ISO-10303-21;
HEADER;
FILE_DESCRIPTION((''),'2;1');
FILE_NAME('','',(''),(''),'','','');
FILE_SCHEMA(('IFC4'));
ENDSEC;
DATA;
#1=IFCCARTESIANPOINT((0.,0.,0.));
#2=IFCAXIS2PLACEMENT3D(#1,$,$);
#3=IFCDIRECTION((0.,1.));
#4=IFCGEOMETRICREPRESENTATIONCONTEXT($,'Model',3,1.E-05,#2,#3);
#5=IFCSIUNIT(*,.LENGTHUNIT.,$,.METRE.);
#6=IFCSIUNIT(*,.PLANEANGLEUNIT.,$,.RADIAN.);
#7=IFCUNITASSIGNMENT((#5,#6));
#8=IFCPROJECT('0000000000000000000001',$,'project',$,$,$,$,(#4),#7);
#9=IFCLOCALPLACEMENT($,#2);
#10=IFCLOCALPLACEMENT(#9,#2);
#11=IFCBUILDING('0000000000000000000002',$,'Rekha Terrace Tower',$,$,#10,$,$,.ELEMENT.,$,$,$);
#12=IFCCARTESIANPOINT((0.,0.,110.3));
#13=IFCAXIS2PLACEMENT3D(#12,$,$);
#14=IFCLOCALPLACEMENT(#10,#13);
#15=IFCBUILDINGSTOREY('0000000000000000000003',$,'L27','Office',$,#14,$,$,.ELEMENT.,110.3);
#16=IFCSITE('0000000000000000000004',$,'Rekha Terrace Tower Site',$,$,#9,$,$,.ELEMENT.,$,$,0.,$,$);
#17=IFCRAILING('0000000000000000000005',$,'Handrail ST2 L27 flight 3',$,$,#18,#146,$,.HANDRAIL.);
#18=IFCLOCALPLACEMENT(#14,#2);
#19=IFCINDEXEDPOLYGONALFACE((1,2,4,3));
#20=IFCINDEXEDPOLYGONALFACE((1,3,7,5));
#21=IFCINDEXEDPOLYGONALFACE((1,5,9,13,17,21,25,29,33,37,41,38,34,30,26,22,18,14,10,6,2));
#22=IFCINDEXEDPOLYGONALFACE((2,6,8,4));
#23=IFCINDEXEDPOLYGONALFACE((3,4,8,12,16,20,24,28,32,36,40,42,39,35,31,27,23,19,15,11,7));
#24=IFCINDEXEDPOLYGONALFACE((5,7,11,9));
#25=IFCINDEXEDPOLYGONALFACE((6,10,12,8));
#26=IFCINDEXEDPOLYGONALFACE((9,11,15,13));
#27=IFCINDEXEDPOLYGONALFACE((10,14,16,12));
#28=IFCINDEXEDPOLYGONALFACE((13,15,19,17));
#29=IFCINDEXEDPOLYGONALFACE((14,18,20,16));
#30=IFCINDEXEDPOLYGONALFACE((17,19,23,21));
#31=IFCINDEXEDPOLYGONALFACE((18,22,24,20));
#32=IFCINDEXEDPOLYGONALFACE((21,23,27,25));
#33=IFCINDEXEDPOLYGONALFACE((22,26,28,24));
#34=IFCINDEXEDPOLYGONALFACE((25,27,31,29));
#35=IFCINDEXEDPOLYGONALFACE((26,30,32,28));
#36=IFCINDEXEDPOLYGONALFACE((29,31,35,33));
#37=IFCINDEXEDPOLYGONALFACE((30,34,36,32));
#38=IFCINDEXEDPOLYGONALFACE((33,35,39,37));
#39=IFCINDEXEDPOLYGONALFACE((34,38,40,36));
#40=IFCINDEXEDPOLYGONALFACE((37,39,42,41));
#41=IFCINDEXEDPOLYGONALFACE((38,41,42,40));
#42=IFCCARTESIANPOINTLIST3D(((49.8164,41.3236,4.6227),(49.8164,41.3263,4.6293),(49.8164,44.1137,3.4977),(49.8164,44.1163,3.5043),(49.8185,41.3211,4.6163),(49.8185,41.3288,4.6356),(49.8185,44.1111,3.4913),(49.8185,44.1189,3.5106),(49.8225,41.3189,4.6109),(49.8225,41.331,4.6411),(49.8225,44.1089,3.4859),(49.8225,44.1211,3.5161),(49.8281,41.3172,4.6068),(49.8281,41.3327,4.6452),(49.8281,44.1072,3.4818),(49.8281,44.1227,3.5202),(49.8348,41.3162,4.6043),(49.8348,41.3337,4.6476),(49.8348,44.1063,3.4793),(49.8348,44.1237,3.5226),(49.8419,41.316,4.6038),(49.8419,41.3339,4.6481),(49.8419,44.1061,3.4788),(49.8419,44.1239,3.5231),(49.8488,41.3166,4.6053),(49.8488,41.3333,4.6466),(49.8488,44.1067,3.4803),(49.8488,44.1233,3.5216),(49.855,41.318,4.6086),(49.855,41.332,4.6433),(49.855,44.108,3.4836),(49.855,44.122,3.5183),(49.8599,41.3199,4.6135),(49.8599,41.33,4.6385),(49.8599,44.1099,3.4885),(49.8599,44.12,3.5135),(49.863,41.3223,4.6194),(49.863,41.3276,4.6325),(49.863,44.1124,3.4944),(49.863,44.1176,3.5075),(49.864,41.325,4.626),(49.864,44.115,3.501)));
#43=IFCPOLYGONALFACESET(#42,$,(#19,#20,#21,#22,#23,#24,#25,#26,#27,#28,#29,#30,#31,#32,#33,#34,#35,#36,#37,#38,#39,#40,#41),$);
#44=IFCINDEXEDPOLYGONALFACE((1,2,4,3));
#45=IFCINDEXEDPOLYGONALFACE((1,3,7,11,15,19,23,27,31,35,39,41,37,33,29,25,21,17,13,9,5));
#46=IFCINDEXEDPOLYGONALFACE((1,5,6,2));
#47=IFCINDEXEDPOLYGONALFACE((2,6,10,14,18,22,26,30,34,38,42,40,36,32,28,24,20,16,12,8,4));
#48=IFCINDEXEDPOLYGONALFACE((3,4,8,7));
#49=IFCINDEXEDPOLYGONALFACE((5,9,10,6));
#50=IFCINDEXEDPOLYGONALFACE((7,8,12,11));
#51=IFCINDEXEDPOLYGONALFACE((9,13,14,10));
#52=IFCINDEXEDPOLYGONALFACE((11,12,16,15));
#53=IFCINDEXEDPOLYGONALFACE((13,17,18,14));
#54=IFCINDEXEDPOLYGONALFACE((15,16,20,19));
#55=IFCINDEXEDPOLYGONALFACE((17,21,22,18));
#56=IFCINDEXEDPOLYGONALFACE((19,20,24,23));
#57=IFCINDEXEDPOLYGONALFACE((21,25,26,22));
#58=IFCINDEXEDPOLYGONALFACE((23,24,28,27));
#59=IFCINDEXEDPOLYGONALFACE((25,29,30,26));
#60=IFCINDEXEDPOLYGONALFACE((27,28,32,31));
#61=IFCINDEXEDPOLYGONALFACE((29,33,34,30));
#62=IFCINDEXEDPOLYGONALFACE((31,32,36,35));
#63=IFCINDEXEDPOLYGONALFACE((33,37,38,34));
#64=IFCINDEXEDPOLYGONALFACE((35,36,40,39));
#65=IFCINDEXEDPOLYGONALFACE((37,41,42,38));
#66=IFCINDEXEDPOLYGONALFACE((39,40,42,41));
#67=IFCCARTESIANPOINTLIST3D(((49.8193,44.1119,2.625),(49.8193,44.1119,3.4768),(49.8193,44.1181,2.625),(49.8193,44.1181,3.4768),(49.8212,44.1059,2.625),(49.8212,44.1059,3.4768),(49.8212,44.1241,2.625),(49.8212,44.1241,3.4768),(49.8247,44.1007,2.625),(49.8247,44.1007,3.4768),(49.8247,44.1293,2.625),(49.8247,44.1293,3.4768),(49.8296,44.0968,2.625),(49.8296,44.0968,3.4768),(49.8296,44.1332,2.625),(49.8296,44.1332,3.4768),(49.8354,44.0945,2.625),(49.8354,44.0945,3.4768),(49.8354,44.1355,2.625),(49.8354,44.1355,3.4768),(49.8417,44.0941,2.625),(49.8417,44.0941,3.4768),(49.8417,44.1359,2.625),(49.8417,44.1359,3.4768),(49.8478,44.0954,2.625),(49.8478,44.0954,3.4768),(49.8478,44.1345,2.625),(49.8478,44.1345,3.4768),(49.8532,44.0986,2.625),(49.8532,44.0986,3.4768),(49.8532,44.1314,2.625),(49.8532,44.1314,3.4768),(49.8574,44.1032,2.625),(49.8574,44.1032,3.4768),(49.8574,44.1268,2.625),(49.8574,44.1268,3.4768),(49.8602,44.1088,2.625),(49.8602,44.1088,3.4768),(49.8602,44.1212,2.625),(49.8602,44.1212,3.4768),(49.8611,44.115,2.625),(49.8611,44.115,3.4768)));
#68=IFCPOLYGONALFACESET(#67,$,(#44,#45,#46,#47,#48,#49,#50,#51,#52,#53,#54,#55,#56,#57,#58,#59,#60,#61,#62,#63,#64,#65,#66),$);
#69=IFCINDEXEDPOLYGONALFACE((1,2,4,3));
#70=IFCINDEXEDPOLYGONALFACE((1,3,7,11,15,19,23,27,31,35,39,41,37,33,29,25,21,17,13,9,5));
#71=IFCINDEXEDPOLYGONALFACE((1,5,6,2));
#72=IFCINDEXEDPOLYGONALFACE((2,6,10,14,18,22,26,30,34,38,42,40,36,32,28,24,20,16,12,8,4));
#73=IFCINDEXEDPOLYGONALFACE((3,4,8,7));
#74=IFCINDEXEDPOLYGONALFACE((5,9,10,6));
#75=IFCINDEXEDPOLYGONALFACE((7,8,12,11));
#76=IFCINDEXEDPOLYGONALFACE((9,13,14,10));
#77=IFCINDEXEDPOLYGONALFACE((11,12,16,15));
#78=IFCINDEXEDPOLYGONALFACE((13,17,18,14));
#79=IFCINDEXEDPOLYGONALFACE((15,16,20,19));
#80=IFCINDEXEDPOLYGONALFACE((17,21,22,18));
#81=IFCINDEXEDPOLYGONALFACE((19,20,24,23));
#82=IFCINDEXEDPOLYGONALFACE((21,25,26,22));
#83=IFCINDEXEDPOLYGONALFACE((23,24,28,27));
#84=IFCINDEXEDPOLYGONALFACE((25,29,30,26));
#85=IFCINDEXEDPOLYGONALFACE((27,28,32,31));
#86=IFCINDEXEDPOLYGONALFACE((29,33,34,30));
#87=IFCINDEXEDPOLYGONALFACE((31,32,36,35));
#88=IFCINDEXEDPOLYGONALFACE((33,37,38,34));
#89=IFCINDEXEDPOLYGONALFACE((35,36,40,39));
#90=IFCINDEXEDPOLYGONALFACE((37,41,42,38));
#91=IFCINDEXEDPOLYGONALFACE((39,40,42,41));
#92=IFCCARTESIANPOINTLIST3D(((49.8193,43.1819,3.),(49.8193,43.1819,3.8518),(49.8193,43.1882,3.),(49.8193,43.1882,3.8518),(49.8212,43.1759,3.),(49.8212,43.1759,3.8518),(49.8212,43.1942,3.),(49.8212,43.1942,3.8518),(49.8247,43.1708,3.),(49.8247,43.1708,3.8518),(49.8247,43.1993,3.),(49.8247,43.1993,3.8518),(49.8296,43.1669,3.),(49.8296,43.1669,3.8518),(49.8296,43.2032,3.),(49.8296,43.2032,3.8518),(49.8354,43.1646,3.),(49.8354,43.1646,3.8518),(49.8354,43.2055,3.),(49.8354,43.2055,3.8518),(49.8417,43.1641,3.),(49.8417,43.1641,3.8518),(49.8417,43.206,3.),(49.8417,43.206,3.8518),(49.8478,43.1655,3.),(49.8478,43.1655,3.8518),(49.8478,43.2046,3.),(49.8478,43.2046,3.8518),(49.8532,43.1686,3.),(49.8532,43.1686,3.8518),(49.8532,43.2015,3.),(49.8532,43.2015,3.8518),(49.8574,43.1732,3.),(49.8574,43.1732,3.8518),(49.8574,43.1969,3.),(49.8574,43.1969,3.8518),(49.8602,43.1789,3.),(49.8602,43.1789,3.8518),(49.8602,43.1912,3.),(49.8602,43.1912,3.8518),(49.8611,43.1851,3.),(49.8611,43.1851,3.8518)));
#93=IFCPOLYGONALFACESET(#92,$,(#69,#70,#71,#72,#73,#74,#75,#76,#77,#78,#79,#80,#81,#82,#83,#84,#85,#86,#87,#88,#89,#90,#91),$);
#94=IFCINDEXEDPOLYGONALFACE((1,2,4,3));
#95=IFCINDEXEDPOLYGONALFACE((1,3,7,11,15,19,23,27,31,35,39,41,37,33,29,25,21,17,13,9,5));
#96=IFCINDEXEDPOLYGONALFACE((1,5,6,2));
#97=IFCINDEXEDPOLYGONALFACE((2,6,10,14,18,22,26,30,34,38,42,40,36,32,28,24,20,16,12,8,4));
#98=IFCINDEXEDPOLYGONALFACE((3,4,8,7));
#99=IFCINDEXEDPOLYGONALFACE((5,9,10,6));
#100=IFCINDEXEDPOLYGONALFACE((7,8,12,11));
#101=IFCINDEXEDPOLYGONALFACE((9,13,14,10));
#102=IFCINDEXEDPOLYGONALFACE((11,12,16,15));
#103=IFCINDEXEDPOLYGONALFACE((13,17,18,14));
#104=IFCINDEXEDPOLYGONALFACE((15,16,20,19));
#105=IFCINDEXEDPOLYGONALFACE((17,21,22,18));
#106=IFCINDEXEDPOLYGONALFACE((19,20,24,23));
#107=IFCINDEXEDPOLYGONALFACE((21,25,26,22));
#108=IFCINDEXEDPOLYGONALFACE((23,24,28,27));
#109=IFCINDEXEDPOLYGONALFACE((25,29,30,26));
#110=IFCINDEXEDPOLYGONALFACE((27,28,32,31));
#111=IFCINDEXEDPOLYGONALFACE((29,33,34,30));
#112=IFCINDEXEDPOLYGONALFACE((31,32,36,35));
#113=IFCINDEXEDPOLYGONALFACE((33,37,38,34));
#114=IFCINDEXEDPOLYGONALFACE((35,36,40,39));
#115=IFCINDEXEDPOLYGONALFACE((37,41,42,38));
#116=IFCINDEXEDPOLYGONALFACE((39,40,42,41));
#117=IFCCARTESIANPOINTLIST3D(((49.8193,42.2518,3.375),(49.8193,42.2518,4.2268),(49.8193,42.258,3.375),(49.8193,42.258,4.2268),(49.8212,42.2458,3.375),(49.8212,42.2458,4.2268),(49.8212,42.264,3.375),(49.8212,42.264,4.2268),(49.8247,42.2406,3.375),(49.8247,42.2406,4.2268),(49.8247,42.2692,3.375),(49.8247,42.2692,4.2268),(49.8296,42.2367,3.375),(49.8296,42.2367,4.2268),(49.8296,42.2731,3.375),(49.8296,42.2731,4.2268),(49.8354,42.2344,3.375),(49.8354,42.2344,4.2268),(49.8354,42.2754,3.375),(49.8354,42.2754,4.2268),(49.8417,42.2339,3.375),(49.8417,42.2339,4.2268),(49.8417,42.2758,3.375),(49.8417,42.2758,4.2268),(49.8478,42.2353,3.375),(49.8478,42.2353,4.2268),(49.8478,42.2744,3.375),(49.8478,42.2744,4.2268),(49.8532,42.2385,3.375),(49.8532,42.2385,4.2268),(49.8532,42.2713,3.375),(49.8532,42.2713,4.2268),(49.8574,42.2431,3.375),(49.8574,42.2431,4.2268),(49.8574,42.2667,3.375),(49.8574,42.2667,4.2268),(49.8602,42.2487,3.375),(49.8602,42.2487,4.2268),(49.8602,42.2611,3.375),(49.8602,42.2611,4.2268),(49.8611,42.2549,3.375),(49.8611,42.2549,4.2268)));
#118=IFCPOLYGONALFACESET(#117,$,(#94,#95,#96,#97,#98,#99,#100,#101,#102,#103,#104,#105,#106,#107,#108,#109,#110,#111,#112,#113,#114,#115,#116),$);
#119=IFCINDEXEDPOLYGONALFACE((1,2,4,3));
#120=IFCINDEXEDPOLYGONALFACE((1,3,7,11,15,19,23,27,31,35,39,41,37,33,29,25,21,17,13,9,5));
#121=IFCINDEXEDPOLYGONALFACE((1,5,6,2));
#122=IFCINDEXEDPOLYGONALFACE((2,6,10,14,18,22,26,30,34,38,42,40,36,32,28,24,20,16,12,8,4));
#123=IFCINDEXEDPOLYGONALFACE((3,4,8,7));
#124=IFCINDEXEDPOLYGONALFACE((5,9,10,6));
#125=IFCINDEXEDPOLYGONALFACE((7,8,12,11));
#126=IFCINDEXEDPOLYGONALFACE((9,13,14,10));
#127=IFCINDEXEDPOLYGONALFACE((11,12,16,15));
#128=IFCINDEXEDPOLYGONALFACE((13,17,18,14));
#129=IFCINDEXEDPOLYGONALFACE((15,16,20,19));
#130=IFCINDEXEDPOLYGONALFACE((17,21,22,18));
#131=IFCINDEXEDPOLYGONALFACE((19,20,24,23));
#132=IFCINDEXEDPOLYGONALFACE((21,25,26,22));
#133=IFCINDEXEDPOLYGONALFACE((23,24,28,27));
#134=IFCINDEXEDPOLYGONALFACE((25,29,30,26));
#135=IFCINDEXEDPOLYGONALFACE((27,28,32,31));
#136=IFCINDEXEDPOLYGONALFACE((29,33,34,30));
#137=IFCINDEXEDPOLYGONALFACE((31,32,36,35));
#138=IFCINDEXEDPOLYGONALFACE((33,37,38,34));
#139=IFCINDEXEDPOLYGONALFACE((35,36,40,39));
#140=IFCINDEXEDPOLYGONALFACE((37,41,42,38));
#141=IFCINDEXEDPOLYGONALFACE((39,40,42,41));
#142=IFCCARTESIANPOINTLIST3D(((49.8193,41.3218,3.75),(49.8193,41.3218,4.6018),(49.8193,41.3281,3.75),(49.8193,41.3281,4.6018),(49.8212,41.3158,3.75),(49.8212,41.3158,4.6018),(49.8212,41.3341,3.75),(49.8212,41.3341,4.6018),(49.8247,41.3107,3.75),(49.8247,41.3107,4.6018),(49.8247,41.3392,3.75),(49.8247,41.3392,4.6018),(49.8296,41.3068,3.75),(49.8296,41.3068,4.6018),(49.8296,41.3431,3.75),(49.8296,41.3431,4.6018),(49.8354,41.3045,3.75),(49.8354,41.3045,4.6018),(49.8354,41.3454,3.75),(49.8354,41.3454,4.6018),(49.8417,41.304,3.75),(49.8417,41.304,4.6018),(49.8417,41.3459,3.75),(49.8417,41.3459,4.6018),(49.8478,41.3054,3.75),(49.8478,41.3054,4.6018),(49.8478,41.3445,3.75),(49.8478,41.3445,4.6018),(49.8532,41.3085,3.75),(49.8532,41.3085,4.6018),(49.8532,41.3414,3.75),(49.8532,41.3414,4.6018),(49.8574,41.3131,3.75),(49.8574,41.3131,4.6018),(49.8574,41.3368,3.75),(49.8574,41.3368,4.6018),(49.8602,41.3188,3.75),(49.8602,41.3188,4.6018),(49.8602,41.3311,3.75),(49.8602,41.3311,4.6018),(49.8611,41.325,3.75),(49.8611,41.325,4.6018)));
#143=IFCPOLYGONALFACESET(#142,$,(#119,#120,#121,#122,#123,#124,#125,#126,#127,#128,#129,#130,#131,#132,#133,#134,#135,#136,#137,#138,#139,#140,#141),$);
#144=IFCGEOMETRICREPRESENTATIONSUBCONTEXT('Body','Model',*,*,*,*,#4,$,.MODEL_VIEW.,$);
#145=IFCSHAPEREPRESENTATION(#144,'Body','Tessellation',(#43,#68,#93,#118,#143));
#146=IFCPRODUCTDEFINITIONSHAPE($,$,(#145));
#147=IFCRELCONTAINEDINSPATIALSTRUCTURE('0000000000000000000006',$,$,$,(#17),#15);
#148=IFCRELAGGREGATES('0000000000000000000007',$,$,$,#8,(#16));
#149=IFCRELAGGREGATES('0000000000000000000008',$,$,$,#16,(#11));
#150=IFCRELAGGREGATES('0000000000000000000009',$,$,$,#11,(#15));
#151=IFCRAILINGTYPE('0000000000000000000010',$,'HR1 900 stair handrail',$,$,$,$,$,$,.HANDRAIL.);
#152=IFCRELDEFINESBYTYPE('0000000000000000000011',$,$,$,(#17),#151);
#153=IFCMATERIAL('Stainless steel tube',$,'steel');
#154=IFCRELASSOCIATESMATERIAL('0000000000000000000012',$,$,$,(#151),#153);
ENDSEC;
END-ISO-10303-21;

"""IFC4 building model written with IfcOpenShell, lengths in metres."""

from ifc_helpers import new_model, si_unit, direction, frame, origin, origin_2d, place, context, subcontext, project, spatial, circle, extrude, material, type_object, element, save


model = new_model("IFC4")

# Units and contexts
model_context = context("Model", 3, precision=1e-05, world=origin(), true_north=direction((0.0, 1.0)))
body_context = subcontext(model_context, "Body", "Model", "MODEL_VIEW")
ifc_project = project(units=[si_unit("LENGTHUNIT", "METRE"), si_unit("PLANEANGLEUNIT", "RADIAN")], contexts=[model_context])

# Site, building, storey
site_placement = place(None, origin())
site = spatial("IfcSite", under=ifc_project, at=site_placement, Name="Rekha Terrace Tower Site", CompositionType="ELEMENT", RefElevation=0.0)
building_placement = place(site_placement, origin())
building = spatial("IfcBuilding", under=site, at=building_placement, Name="Rekha Terrace Tower", CompositionType="ELEMENT")
storey_placement = place(building_placement, frame((0.0, 0.0, 110.3)))
storey = spatial("IfcBuildingStorey", under=building, at=storey_placement, Name="L27", Description="Office", CompositionType="ELEMENT", Elevation=110.3)

# Railing
ifc_material_1 = material(Name="Stainless steel tube", Category="steel")
railing_type_1 = type_object("IfcRailingType", Name="HR1 900 stair handrail", PredefinedType="HANDRAIL", material=ifc_material_1)
railing_1_placement = place(storey_placement, frame((49.8401, 44.115, 2.625)))
element("IfcRailing", 1, at=railing_1_placement, inside=storey, type_object=railing_type_1, Name="Handrail ST2 L27 flight 3", PredefinedType="HANDRAIL", context=body_context, shape_type="SweptSolid", body=[
    extrude(circle(Radius=0.0239, at=origin_2d()), frame((0.0, 0.0, 0.876), z_axis=(0.0, -0.927443, 0.373964), x_axis=(1.0, 0.0, 0.0)), (0.0, 0.0, 1.0), 3.0083),
    extrude(circle(Radius=0.021, at=origin_2d()), origin(), (0.0, 0.0, 1.0), 0.8518),
    extrude(circle(Radius=0.021, at=origin_2d()), frame((0.0, -0.9299, 0.375)), (0.0, 0.0, 1.0), 0.8518),
    extrude(circle(Radius=0.021, at=origin_2d()), frame((0.0, -1.8601, 0.75)), (0.0, 0.0, 1.0), 0.8518),
    extrude(circle(Radius=0.021, at=origin_2d()), frame((0.0, -2.79, 1.125)), (0.0, 0.0, 1.0), 0.8518),
])

save(model, "model.ifc")
